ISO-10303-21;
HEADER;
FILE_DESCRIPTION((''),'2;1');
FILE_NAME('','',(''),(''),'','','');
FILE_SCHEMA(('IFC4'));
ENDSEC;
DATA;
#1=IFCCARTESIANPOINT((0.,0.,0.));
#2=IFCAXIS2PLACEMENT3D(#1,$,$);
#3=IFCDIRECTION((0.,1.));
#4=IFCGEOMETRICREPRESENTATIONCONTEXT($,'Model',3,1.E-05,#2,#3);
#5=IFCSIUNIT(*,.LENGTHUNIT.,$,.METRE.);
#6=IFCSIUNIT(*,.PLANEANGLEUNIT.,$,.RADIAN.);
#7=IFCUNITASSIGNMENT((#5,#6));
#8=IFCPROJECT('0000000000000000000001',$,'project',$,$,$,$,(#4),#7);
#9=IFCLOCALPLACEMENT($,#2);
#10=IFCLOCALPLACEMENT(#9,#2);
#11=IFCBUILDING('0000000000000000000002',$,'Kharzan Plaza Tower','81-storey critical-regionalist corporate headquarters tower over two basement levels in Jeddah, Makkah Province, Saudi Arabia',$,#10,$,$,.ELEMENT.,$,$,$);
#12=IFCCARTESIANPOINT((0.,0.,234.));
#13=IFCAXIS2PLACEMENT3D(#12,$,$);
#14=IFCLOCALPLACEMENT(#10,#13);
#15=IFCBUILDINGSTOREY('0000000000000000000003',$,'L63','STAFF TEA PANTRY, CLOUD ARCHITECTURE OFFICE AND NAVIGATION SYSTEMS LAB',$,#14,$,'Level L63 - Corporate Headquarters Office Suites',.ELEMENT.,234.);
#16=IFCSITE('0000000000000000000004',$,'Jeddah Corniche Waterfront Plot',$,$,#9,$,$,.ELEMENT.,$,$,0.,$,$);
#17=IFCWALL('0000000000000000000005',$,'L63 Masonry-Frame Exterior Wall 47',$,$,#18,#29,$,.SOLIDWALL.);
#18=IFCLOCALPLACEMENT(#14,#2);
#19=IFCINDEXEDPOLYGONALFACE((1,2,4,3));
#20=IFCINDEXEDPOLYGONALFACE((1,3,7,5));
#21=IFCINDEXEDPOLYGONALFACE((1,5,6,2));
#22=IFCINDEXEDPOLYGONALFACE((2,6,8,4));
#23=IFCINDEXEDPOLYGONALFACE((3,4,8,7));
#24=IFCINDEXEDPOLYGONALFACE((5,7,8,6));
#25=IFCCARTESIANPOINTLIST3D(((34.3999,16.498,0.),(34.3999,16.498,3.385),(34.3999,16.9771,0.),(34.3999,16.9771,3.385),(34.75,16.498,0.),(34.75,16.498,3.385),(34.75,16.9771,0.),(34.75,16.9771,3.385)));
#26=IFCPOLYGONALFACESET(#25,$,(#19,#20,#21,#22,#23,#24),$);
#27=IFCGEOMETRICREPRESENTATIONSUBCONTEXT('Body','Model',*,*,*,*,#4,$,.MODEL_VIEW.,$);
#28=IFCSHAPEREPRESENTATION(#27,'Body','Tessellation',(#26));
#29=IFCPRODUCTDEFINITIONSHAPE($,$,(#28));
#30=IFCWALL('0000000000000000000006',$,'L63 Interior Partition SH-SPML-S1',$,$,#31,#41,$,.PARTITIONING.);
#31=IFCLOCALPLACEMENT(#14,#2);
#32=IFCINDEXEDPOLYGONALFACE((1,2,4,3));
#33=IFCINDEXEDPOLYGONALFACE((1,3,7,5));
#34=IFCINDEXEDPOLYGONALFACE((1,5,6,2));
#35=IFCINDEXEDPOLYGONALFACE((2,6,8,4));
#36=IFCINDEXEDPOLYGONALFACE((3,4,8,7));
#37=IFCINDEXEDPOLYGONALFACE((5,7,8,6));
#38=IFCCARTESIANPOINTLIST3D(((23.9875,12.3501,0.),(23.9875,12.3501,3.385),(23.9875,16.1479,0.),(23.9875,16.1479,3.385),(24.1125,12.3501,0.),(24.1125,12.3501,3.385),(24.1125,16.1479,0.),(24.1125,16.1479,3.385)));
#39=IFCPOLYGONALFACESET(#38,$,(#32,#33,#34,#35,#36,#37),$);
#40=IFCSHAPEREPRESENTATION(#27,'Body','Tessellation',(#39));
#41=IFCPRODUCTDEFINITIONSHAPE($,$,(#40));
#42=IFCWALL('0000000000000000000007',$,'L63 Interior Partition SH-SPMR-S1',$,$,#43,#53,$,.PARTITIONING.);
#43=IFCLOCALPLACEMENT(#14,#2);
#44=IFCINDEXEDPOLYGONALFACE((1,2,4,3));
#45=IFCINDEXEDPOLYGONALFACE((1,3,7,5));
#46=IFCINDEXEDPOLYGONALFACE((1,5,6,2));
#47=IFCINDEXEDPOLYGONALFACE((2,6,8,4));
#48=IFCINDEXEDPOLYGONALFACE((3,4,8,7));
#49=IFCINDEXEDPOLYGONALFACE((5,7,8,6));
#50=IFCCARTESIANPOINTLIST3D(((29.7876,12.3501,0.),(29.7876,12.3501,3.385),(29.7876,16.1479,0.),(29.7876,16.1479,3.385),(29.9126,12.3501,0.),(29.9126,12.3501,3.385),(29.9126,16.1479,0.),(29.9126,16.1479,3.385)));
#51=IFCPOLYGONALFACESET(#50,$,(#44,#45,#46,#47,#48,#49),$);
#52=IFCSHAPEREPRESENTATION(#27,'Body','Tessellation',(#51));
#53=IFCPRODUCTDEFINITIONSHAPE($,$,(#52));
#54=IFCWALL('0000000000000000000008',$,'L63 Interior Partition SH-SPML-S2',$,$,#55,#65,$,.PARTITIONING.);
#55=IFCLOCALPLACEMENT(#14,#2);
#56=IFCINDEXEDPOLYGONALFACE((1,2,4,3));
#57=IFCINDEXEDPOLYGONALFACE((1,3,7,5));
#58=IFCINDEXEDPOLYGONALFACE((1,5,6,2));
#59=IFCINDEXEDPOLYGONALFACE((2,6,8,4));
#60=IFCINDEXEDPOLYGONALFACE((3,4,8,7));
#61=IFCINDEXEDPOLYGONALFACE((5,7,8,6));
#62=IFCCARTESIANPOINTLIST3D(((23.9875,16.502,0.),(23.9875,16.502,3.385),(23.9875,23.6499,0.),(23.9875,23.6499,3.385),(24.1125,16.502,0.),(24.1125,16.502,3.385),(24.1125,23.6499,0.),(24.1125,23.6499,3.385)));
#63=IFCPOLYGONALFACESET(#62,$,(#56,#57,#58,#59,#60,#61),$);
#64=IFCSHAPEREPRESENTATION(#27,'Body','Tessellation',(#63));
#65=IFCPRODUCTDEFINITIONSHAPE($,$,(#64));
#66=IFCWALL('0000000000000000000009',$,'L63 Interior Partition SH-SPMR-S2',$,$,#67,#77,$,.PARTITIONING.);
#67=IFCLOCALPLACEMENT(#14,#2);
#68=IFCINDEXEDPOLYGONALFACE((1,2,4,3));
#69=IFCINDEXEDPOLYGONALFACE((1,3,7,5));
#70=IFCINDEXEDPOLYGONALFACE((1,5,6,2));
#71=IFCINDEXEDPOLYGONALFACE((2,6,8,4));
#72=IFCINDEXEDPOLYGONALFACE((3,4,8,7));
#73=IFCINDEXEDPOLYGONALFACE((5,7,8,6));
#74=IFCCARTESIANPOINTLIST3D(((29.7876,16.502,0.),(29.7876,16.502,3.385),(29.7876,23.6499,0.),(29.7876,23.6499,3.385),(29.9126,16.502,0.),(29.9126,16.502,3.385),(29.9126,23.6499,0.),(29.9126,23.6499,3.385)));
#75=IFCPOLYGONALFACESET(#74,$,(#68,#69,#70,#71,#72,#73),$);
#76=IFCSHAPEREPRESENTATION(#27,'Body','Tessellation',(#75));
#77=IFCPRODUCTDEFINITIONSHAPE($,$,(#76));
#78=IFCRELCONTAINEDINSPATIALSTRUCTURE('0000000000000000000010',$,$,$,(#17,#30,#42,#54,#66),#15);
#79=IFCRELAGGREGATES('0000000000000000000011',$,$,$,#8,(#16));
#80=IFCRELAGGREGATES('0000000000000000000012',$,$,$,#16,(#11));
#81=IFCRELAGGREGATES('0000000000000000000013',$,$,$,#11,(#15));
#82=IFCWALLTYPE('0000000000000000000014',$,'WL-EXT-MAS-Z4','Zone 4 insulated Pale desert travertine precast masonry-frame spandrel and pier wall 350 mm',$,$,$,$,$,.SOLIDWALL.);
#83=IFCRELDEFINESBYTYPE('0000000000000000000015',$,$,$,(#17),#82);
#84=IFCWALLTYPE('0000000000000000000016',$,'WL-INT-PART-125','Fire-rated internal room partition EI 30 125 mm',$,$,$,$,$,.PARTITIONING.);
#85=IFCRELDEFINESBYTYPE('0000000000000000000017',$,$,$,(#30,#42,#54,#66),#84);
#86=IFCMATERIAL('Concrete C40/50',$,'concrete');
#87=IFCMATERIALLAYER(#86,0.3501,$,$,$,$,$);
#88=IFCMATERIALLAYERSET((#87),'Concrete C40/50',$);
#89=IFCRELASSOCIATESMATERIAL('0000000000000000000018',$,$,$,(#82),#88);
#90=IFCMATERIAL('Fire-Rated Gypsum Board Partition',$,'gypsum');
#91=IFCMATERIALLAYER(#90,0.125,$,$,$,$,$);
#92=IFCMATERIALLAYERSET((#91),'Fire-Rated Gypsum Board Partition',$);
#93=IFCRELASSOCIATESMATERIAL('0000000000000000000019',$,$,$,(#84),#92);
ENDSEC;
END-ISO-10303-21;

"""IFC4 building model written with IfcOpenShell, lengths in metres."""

from ifc_helpers import new_model, si_unit, direction, frame, frame_2d, origin, place, context, subcontext, project, spatial, rectangle, extrude, source, transform, mapped, material, layer, layer_set, type_object, element, save


model = new_model("IFC4")

# Units and contexts
model_context = context("Model", 3, precision=1e-05, world=origin(), true_north=direction((0.0, 1.0)))
body_context = subcontext(model_context, "Body", "Model", "MODEL_VIEW")
ifc_project = project(units=[si_unit("LENGTHUNIT", "METRE"), si_unit("PLANEANGLEUNIT", "RADIAN")], contexts=[model_context])

# Site, building, storey
site_placement = place(None, origin())
site = spatial("IfcSite", under=ifc_project, at=site_placement, Name="Jeddah Corniche Waterfront Plot", CompositionType="ELEMENT", RefElevation=0.0)
building_placement = place(site_placement, origin())
building = spatial("IfcBuilding", under=site, at=building_placement, Name="Kharzan Plaza Tower", Description="81-storey critical-regionalist corporate headquarters tower over two basement levels in Jeddah, Makkah Province, Saudi Arabia", CompositionType="ELEMENT")
storey_placement = place(building_placement, frame((0.0, 0.0, 234.0)))
storey = spatial("IfcBuildingStorey", under=building, at=storey_placement, Name="L63", Description="STAFF TEA PANTRY, CLOUD ARCHITECTURE OFFICE AND NAVIGATION SYSTEMS LAB", LongName="Level L63 - Corporate Headquarters Office Suites", CompositionType="ELEMENT", Elevation=234.0)

# Shared definitions
ifc_material_1 = material(Name="Concrete C40/50", Category="concrete")
ifc_layer_1 = layer(ifc_material_1, 0.3501)
ifc_layer_set_1 = layer_set([ifc_layer_1], Name="Concrete C40/50")
wall_type_1 = type_object("IfcWallType", Name="WL-EXT-MAS-Z4", Description="Zone 4 insulated Pale desert travertine precast masonry-frame spandrel and pier wall 350 mm", PredefinedType="SOLIDWALL", material=ifc_layer_set_1)

# Shared definitions
ifc_material_2 = material(Name="Fire-Rated Gypsum Board Partition", Category="gypsum")
ifc_layer_2 = layer(ifc_material_2, 0.125)
ifc_layer_set_2 = layer_set([ifc_layer_2], Name="Fire-Rated Gypsum Board Partition")
wall_type_2 = type_object("IfcWallType", Name="WL-INT-PART-125", Description="Fire-rated internal room partition EI 30 125 mm", PredefinedType="PARTITIONING", material=ifc_layer_set_2)

# Walls
shared_shape_1 = source(origin(), body_context, "Body", "SweptSolid", [
    extrude(rectangle(XDim=0.479, YDim=0.3501, at=frame_2d((0.2395, 0.0))), origin(), (0.0, 0.0, 1.0), 3.385),
])
wall_1_placement = place(storey_placement, frame((34.575, 16.9771, 0.0), z_axis=(0.0, 0.0, 1.0), x_axis=(0.0, -1.0, 0.0)))
element("IfcWall", 1, at=wall_1_placement, inside=storey, type_object=wall_type_1, Name="L63 Masonry-Frame Exterior Wall 47", PredefinedType="SOLIDWALL", context=body_context, shape_type="MappedRepresentation", body=[
    mapped(shared_shape_1, transform((0.0, 0.0, 0.0), x_axis=(1.0, 0.0, 0.0), y_axis=(0.0, 1.0, 0.0), z_axis=(0.0, 0.0, 1.0))),
])
shared_shape_2 = source(origin(), body_context, "Body", "SweptSolid", [
    extrude(rectangle(XDim=3.7979, YDim=0.125, at=frame_2d((1.8989, 0.0))), origin(), (0.0, 0.0, 1.0), 3.385),
])
for number, where, z_axis, x_axis, name in (
    (2, (24.05, 12.3501, 0.0), (0.0, 0.0, 1.0), (0.0, 1.0, 0.0), "L63 Interior Partition SH-SPML-S1"),
    (3, (29.8501, 12.3501, 0.0), (0.0, 0.0, 1.0), (0.0, 1.0, 0.0), "L63 Interior Partition SH-SPMR-S1"),
):
    element("IfcWall", number, at=place(storey_placement, frame(where, z_axis=z_axis, x_axis=x_axis)), inside=storey, type_object=wall_type_2, Name=name, PredefinedType="PARTITIONING", context=body_context, shape_type="MappedRepresentation", body=[
        mapped(shared_shape_2, transform((0.0, 0.0, 0.0), x_axis=(1.0, 0.0, 0.0), y_axis=(0.0, 1.0, 0.0), z_axis=(0.0, 0.0, 1.0))),
    ])
shared_shape_3 = source(origin(), body_context, "Body", "SweptSolid", [
    extrude(rectangle(XDim=7.1479, YDim=0.125, at=frame_2d((3.574, 0.0))), origin(), (0.0, 0.0, 1.0), 3.385),
])
for number, where, z_axis, x_axis, name in (
    (4, (24.05, 16.502, 0.0), (0.0, 0.0, 1.0), (0.0, 1.0, 0.0), "L63 Interior Partition SH-SPML-S2"),
    (5, (29.8501, 16.502, 0.0), (0.0, 0.0, 1.0), (0.0, 1.0, 0.0), "L63 Interior Partition SH-SPMR-S2"),
):
    element("IfcWall", number, at=place(storey_placement, frame(where, z_axis=z_axis, x_axis=x_axis)), inside=storey, type_object=wall_type_2, Name=name, PredefinedType="PARTITIONING", context=body_context, shape_type="MappedRepresentation", body=[
        mapped(shared_shape_3, transform((0.0, 0.0, 0.0), x_axis=(1.0, 0.0, 0.0), y_axis=(0.0, 1.0, 0.0), z_axis=(0.0, 0.0, 1.0))),
    ])

save(model, "model.ifc")
